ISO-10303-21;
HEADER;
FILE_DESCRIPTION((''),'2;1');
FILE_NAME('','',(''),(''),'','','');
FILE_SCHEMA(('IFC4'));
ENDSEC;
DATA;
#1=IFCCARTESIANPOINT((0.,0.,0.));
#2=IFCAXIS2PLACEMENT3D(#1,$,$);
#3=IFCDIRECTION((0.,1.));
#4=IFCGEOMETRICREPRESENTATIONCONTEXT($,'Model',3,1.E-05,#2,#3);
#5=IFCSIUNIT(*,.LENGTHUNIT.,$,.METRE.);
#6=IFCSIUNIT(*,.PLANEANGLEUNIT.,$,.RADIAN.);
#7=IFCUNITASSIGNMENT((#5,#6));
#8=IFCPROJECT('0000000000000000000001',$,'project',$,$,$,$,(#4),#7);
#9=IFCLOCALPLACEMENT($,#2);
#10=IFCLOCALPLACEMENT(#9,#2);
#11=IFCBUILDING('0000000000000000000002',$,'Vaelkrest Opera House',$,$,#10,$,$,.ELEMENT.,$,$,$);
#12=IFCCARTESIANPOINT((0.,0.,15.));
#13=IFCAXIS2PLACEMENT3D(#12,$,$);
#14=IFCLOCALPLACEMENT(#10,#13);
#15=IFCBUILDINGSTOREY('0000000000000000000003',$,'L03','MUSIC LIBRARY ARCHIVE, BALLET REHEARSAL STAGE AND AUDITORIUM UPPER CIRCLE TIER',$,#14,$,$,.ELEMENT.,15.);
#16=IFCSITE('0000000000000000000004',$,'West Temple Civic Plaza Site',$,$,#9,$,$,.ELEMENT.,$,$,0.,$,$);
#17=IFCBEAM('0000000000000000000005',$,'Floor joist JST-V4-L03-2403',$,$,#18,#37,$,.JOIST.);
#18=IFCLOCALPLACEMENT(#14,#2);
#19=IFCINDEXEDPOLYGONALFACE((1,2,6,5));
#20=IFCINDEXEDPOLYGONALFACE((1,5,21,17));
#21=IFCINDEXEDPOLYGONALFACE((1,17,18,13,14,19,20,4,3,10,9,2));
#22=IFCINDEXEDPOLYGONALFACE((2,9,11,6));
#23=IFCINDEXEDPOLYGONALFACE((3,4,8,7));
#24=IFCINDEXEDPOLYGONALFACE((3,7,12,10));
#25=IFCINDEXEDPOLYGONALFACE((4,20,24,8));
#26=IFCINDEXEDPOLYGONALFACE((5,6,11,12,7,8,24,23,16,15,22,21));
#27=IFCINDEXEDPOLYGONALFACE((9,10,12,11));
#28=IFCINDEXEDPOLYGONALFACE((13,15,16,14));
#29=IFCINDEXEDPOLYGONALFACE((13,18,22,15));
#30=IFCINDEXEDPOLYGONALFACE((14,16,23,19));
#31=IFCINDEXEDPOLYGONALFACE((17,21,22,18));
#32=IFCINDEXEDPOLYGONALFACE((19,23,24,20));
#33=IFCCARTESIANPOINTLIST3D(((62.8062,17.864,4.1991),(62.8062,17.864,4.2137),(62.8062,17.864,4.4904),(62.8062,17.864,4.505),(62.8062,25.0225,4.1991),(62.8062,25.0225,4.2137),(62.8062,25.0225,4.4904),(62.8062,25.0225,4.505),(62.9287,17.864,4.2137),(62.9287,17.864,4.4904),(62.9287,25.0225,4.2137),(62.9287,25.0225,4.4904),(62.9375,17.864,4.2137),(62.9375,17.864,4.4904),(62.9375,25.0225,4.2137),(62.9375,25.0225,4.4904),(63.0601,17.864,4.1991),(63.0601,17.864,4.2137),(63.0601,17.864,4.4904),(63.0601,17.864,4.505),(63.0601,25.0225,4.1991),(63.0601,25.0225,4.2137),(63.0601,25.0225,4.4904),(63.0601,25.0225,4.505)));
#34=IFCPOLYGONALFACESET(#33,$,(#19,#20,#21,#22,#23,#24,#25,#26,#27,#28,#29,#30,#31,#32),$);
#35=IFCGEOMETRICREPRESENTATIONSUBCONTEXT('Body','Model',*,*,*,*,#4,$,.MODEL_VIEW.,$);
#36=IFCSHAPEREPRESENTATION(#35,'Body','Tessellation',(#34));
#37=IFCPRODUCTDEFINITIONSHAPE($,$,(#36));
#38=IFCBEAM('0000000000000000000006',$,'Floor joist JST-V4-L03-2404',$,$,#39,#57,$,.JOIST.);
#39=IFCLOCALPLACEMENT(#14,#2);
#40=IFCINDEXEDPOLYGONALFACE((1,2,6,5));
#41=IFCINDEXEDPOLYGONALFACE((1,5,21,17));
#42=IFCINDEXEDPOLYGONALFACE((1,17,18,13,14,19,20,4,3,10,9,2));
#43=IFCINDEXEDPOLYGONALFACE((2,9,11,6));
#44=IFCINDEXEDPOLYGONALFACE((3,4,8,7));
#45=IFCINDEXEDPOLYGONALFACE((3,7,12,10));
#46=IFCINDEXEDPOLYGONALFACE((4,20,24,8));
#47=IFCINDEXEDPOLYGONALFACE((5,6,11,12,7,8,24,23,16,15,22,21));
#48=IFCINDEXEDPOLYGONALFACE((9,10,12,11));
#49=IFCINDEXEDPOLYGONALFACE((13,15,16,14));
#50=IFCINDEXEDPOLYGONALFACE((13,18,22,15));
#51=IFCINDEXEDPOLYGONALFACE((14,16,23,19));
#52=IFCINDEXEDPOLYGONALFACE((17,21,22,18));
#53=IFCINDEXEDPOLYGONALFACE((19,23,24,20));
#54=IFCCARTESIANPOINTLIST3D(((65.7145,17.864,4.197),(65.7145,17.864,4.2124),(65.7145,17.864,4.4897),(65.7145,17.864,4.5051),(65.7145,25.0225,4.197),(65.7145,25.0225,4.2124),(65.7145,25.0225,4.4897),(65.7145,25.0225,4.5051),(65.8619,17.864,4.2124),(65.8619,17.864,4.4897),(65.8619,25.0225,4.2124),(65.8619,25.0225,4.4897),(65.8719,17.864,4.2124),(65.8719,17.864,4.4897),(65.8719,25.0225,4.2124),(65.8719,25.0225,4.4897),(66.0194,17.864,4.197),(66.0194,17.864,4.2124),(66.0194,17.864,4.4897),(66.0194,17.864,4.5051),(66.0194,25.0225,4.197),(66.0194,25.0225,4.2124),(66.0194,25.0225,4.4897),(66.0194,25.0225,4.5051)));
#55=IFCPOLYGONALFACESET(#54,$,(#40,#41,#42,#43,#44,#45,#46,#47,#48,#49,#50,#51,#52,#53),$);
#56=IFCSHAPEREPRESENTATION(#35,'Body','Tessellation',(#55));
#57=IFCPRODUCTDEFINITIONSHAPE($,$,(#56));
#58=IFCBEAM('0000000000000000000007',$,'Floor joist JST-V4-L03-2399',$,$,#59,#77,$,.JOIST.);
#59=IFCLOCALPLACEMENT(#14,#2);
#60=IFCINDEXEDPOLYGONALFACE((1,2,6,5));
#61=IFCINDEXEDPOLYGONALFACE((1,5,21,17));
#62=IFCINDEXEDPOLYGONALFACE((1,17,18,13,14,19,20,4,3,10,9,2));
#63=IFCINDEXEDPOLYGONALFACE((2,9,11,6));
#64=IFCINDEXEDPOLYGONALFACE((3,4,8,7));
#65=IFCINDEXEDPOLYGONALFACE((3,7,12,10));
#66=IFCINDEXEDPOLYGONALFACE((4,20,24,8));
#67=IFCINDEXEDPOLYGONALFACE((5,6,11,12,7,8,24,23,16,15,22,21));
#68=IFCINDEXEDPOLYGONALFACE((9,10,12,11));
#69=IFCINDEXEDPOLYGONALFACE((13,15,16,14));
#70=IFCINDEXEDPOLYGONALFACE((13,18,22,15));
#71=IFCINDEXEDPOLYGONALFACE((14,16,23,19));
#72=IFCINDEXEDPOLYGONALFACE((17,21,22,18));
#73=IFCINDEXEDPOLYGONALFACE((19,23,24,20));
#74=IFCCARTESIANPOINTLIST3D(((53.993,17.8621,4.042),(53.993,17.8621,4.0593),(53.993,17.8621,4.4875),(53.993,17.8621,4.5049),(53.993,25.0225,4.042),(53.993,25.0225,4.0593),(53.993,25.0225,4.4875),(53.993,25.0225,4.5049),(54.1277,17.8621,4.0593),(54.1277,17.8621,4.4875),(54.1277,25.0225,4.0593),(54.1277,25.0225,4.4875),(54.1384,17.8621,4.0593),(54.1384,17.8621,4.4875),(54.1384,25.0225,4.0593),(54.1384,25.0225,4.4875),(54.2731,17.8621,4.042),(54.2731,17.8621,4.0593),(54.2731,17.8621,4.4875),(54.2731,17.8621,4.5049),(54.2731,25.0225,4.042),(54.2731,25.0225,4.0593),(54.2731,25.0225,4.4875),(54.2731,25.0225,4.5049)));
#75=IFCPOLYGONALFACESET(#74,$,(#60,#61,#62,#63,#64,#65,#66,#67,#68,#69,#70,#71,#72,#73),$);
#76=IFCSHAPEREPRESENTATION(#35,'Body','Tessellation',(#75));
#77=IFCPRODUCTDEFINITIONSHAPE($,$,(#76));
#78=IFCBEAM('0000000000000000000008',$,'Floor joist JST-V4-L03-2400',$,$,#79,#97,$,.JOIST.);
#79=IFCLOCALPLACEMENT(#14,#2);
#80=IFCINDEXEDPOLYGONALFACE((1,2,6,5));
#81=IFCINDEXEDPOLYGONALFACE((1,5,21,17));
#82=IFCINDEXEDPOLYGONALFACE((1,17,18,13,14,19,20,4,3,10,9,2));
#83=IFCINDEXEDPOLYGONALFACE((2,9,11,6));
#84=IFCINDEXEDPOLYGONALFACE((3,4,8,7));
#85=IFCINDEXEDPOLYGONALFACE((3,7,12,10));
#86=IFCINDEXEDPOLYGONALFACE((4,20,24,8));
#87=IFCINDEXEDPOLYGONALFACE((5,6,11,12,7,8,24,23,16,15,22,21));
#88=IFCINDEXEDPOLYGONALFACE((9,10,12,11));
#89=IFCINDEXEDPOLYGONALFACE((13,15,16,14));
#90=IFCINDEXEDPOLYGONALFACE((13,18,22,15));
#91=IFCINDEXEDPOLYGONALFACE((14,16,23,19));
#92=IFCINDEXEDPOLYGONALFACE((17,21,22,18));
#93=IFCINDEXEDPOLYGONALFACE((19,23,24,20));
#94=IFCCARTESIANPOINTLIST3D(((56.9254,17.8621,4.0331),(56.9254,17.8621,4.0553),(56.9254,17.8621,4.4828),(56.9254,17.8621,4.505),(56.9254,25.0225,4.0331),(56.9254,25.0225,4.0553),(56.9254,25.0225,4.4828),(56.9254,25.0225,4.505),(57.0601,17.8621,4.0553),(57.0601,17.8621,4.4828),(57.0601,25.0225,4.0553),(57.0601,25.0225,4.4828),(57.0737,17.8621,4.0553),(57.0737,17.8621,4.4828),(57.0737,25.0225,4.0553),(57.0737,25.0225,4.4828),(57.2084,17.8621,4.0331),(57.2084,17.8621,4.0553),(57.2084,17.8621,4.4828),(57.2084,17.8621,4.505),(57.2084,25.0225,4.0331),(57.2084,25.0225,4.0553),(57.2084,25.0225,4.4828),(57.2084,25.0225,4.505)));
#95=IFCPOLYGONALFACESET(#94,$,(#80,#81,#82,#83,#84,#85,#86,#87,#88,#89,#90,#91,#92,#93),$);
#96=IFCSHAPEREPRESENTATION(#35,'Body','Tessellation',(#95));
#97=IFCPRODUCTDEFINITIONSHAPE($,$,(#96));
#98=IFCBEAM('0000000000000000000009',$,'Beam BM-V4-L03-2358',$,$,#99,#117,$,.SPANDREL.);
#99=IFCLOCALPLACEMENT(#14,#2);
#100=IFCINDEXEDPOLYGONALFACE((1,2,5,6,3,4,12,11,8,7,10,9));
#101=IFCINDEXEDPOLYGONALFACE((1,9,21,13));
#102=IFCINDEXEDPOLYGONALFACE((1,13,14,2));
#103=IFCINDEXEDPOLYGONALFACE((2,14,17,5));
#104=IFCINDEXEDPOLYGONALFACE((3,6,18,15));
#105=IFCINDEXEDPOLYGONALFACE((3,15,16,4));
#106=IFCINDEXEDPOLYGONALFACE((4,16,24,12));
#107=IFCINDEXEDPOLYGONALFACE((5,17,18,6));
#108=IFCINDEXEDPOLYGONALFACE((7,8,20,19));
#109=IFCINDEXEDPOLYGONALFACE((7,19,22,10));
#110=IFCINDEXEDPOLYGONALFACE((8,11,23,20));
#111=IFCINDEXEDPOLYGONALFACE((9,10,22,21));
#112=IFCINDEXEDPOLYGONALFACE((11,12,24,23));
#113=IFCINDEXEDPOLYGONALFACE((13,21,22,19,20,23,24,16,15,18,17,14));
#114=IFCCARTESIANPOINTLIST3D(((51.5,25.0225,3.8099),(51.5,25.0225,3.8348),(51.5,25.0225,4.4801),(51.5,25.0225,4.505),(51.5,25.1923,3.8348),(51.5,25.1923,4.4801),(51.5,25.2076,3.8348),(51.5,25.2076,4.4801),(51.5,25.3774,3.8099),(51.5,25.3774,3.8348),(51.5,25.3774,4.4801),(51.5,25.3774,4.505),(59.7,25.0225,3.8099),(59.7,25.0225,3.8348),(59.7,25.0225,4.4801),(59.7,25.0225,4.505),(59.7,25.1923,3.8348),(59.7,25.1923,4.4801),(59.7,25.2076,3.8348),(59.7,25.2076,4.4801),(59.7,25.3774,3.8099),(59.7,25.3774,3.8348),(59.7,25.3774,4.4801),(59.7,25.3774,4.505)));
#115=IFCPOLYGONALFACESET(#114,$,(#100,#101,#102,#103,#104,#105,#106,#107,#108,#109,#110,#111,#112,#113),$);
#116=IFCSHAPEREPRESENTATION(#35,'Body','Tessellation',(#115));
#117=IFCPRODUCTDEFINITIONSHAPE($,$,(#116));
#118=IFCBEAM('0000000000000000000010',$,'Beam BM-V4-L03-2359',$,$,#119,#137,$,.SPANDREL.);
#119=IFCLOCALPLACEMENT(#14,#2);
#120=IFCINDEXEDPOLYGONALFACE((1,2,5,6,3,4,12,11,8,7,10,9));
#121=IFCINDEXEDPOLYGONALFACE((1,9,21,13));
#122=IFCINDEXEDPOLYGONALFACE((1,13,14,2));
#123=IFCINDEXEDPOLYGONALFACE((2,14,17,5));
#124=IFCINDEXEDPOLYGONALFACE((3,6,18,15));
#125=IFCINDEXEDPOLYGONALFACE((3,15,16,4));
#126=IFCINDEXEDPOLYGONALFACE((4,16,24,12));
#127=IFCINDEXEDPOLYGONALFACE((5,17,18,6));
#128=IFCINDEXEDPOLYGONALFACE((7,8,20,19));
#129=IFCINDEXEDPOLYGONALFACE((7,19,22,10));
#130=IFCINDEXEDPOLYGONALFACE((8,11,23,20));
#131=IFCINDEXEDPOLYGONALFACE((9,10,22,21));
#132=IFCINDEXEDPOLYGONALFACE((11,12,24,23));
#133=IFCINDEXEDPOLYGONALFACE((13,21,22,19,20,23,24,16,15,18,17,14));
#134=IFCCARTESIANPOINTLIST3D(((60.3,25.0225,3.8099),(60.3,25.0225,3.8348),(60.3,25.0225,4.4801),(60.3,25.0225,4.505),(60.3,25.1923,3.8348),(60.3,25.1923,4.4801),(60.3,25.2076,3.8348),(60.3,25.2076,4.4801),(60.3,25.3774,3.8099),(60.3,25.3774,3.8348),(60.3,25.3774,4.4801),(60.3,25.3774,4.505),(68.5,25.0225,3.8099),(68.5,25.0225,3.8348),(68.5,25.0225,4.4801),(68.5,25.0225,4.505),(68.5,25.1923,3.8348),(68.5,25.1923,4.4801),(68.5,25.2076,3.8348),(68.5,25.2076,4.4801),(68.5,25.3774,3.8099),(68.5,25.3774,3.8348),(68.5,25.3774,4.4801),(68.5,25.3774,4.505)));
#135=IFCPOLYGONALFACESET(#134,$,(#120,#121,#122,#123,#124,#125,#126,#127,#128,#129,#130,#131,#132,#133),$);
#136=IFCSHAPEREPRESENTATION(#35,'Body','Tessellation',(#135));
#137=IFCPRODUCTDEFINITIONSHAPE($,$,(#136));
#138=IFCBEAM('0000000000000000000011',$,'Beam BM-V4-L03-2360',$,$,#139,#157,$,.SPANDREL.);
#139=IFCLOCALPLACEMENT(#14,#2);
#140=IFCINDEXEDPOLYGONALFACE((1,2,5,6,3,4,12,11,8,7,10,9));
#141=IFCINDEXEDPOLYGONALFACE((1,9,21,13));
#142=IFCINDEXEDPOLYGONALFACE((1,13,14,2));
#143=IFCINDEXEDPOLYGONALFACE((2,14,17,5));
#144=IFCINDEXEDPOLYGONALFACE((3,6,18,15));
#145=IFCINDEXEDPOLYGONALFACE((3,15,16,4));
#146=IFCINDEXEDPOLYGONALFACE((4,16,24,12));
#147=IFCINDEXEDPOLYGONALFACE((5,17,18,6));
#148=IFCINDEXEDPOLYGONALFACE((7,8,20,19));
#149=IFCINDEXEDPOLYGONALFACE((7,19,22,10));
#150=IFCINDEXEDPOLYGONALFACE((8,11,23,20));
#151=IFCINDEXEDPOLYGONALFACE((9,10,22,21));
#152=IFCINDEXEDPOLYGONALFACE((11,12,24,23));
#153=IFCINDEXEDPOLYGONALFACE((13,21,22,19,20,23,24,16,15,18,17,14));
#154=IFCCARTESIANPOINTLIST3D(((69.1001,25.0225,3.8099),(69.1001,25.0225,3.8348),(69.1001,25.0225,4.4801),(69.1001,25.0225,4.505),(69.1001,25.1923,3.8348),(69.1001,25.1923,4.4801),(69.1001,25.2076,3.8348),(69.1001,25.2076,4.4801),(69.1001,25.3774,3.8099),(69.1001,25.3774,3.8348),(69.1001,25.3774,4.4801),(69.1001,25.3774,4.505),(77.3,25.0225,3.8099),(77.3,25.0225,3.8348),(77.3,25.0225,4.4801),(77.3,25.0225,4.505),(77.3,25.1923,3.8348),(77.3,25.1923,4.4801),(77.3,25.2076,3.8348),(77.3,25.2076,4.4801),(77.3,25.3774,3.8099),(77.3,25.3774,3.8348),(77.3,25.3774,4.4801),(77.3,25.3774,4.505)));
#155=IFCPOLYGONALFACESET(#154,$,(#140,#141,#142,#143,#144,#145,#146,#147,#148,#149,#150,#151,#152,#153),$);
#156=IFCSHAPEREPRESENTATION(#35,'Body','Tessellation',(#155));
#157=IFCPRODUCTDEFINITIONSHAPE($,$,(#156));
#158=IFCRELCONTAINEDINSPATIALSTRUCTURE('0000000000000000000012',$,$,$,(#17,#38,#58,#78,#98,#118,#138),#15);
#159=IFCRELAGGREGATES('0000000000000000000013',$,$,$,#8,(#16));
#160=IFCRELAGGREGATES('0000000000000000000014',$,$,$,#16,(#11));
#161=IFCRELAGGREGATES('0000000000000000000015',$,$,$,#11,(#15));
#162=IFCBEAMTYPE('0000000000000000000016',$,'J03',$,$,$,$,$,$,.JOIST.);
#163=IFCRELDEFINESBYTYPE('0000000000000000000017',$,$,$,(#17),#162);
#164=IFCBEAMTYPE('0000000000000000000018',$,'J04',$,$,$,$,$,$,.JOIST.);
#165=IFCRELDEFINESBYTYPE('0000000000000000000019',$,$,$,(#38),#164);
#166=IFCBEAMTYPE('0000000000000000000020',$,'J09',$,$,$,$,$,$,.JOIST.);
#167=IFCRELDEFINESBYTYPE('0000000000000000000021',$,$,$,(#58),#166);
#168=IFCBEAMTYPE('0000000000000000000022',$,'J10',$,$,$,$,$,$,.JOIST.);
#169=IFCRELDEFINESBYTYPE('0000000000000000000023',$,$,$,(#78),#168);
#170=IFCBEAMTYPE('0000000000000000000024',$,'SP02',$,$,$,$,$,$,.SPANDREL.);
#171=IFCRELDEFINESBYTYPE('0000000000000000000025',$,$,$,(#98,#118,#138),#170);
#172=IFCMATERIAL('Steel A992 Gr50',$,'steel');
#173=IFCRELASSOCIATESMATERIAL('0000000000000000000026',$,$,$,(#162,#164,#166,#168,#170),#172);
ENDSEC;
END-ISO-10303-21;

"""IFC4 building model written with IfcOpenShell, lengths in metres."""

from ifc_helpers import new_model, si_unit, direction, frame, origin, origin_2d, place, context, subcontext, project, spatial, i_section, extrude, material, material_profile, profile_set, type_object, element, save


model = new_model("IFC4")

# Units and contexts
model_context = context("Model", 3, precision=1e-05, world=origin(), true_north=direction((0.0, 1.0)))
body_context = subcontext(model_context, "Body", "Model", "MODEL_VIEW")
ifc_project = project(units=[si_unit("LENGTHUNIT", "METRE"), si_unit("PLANEANGLEUNIT", "RADIAN")], contexts=[model_context])

# Site, building, storey
site_placement = place(None, origin())
site = spatial("IfcSite", under=ifc_project, at=site_placement, Name="West Temple Civic Plaza Site", CompositionType="ELEMENT", RefElevation=0.0)
building_placement = place(site_placement, origin())
building = spatial("IfcBuilding", under=site, at=building_placement, Name="Vaelkrest Opera House", CompositionType="ELEMENT")
storey_placement = place(building_placement, frame((0.0, 0.0, 15.0)))
storey = spatial("IfcBuildingStorey", under=building, at=storey_placement, Name="L03", Description="MUSIC LIBRARY ARCHIVE, BALLET REHEARSAL STAGE AND AUDITORIUM UPPER CIRCLE TIER", CompositionType="ELEMENT", Elevation=15.0)

# Beams
ifc_material_1 = material(Name="Steel A992 Gr50", Category="steel")
ifc_material_profile_1 = material_profile(ifc_material_1, i_section(OverallWidth=0.2539, OverallDepth=0.3059, WebThickness=0.0088, FlangeThickness=0.0146, at=origin_2d()), Name="W12X53")
ifc_profile_set_1 = profile_set([ifc_material_profile_1], Name="Steel A992 Gr50")
beam_type_1 = type_object("IfcBeamType", Name="J03", PredefinedType="JOIST", material=ifc_profile_set_1)
beam_1_placement = place(storey_placement, frame((62.9331, 17.864, 4.3521), z_axis=(0.0, 1.0, 0.0), x_axis=(-1.0, 0.0, 0.0)))
element("IfcBeam", 1, at=beam_1_placement, inside=storey, type_object=beam_type_1, Name="Floor joist JST-V4-L03-2403", PredefinedType="JOIST", context=body_context, shape_type="SweptSolid", body=[
    extrude(i_section(OverallWidth=0.2539, OverallDepth=0.3059, WebThickness=0.0088, FlangeThickness=0.0146, at=origin_2d()), origin(), (0.0, 0.0, 1.0), 7.1584),
])
ifc_material_profile_2 = material_profile(ifc_material_1, i_section(OverallWidth=0.3049, OverallDepth=0.3081, WebThickness=0.01, FlangeThickness=0.0154, at=origin_2d()), Name="W12X65")
ifc_profile_set_2 = profile_set([ifc_material_profile_2], Name="Steel A992 Gr50")
beam_type_2 = type_object("IfcBeamType", Name="J04", PredefinedType="JOIST", material=ifc_profile_set_2)
beam_2_placement = place(storey_placement, frame((65.8669, 17.864, 4.3511), z_axis=(0.0, 1.0, 0.0), x_axis=(-1.0, 0.0, 0.0)))
element("IfcBeam", 2, at=beam_2_placement, inside=storey, type_object=beam_type_2, Name="Floor joist JST-V4-L03-2404", PredefinedType="JOIST", context=body_context, shape_type="SweptSolid", body=[
    extrude(i_section(OverallWidth=0.3049, OverallDepth=0.3081, WebThickness=0.01, FlangeThickness=0.0154, at=origin_2d()), origin(), (0.0, 0.0, 1.0), 7.1584),
])
ifc_material_profile_3 = material_profile(ifc_material_1, i_section(OverallWidth=0.28, OverallDepth=0.4629, WebThickness=0.0107, FlangeThickness=0.0173, at=origin_2d()), Name="W18X76")
ifc_profile_set_3 = profile_set([ifc_material_profile_3], Name="Steel A992 Gr50")
beam_type_3 = type_object("IfcBeamType", Name="J09", PredefinedType="JOIST", material=ifc_profile_set_3)
beam_3_placement = place(storey_placement, frame((54.1331, 17.8621, 4.2734), z_axis=(0.0, 1.0, 0.0), x_axis=(-1.0, 0.0, 0.0)))
element("IfcBeam", 3, at=beam_3_placement, inside=storey, type_object=beam_type_3, Name="Floor joist JST-V4-L03-2399", PredefinedType="JOIST", context=body_context, shape_type="SweptSolid", body=[
    extrude(i_section(OverallWidth=0.28, OverallDepth=0.4629, WebThickness=0.0107, FlangeThickness=0.0173, at=origin_2d()), origin(), (0.0, 0.0, 1.0), 7.1604),
])
ifc_material_profile_4 = material_profile(ifc_material_1, i_section(OverallWidth=0.283, OverallDepth=0.4719, WebThickness=0.0137, FlangeThickness=0.0222, at=origin_2d()), Name="W18X97")
ifc_profile_set_4 = profile_set([ifc_material_profile_4], Name="Steel A992 Gr50")
beam_type_4 = type_object("IfcBeamType", Name="J10", PredefinedType="JOIST", material=ifc_profile_set_4)
beam_4_placement = place(storey_placement, frame((57.0669, 17.8621, 4.269), z_axis=(0.0, 1.0, 0.0), x_axis=(-1.0, 0.0, 0.0)))
element("IfcBeam", 4, at=beam_4_placement, inside=storey, type_object=beam_type_4, Name="Floor joist JST-V4-L03-2400", PredefinedType="JOIST", context=body_context, shape_type="SweptSolid", body=[
    extrude(i_section(OverallWidth=0.283, OverallDepth=0.4719, WebThickness=0.0137, FlangeThickness=0.0222, at=origin_2d()), origin(), (0.0, 0.0, 1.0), 7.1604),
])
ifc_material_profile_5 = material_profile(ifc_material_1, i_section(OverallWidth=0.355, OverallDepth=0.6951, WebThickness=0.0154, FlangeThickness=0.0249, at=origin_2d()), Name="W27X146")
ifc_profile_set_5 = profile_set([ifc_material_profile_5], Name="Steel A992 Gr50")
beam_type_5 = type_object("IfcBeamType", Name="SP02", PredefinedType="SPANDREL", material=ifc_profile_set_5)
for number, where, z_axis, x_axis, name in (
    (5, (51.5, 25.2, 4.1575), (1.0, 0.0, 0.0), (0.0, 1.0, 0.0), "Beam BM-V4-L03-2358"),
    (6, (60.3, 25.2, 4.1575), (1.0, 0.0, 0.0), (0.0, 1.0, 0.0), "Beam BM-V4-L03-2359"),
    (7, (69.1001, 25.2, 4.1575), (1.0, 0.0, 0.0), (0.0, 1.0, 0.0), "Beam BM-V4-L03-2360"),
):
    element("IfcBeam", number, at=place(storey_placement, frame(where, z_axis=z_axis, x_axis=x_axis)), inside=storey, type_object=beam_type_5, Name=name, PredefinedType="SPANDREL", context=body_context, shape_type="SweptSolid", body=[
        extrude(i_section(OverallWidth=0.355, OverallDepth=0.6951, WebThickness=0.0154, FlangeThickness=0.0249, at=origin_2d()), origin(), (0.0, 0.0, 1.0), 8.2),
    ])

save(model, "model.ifc")
